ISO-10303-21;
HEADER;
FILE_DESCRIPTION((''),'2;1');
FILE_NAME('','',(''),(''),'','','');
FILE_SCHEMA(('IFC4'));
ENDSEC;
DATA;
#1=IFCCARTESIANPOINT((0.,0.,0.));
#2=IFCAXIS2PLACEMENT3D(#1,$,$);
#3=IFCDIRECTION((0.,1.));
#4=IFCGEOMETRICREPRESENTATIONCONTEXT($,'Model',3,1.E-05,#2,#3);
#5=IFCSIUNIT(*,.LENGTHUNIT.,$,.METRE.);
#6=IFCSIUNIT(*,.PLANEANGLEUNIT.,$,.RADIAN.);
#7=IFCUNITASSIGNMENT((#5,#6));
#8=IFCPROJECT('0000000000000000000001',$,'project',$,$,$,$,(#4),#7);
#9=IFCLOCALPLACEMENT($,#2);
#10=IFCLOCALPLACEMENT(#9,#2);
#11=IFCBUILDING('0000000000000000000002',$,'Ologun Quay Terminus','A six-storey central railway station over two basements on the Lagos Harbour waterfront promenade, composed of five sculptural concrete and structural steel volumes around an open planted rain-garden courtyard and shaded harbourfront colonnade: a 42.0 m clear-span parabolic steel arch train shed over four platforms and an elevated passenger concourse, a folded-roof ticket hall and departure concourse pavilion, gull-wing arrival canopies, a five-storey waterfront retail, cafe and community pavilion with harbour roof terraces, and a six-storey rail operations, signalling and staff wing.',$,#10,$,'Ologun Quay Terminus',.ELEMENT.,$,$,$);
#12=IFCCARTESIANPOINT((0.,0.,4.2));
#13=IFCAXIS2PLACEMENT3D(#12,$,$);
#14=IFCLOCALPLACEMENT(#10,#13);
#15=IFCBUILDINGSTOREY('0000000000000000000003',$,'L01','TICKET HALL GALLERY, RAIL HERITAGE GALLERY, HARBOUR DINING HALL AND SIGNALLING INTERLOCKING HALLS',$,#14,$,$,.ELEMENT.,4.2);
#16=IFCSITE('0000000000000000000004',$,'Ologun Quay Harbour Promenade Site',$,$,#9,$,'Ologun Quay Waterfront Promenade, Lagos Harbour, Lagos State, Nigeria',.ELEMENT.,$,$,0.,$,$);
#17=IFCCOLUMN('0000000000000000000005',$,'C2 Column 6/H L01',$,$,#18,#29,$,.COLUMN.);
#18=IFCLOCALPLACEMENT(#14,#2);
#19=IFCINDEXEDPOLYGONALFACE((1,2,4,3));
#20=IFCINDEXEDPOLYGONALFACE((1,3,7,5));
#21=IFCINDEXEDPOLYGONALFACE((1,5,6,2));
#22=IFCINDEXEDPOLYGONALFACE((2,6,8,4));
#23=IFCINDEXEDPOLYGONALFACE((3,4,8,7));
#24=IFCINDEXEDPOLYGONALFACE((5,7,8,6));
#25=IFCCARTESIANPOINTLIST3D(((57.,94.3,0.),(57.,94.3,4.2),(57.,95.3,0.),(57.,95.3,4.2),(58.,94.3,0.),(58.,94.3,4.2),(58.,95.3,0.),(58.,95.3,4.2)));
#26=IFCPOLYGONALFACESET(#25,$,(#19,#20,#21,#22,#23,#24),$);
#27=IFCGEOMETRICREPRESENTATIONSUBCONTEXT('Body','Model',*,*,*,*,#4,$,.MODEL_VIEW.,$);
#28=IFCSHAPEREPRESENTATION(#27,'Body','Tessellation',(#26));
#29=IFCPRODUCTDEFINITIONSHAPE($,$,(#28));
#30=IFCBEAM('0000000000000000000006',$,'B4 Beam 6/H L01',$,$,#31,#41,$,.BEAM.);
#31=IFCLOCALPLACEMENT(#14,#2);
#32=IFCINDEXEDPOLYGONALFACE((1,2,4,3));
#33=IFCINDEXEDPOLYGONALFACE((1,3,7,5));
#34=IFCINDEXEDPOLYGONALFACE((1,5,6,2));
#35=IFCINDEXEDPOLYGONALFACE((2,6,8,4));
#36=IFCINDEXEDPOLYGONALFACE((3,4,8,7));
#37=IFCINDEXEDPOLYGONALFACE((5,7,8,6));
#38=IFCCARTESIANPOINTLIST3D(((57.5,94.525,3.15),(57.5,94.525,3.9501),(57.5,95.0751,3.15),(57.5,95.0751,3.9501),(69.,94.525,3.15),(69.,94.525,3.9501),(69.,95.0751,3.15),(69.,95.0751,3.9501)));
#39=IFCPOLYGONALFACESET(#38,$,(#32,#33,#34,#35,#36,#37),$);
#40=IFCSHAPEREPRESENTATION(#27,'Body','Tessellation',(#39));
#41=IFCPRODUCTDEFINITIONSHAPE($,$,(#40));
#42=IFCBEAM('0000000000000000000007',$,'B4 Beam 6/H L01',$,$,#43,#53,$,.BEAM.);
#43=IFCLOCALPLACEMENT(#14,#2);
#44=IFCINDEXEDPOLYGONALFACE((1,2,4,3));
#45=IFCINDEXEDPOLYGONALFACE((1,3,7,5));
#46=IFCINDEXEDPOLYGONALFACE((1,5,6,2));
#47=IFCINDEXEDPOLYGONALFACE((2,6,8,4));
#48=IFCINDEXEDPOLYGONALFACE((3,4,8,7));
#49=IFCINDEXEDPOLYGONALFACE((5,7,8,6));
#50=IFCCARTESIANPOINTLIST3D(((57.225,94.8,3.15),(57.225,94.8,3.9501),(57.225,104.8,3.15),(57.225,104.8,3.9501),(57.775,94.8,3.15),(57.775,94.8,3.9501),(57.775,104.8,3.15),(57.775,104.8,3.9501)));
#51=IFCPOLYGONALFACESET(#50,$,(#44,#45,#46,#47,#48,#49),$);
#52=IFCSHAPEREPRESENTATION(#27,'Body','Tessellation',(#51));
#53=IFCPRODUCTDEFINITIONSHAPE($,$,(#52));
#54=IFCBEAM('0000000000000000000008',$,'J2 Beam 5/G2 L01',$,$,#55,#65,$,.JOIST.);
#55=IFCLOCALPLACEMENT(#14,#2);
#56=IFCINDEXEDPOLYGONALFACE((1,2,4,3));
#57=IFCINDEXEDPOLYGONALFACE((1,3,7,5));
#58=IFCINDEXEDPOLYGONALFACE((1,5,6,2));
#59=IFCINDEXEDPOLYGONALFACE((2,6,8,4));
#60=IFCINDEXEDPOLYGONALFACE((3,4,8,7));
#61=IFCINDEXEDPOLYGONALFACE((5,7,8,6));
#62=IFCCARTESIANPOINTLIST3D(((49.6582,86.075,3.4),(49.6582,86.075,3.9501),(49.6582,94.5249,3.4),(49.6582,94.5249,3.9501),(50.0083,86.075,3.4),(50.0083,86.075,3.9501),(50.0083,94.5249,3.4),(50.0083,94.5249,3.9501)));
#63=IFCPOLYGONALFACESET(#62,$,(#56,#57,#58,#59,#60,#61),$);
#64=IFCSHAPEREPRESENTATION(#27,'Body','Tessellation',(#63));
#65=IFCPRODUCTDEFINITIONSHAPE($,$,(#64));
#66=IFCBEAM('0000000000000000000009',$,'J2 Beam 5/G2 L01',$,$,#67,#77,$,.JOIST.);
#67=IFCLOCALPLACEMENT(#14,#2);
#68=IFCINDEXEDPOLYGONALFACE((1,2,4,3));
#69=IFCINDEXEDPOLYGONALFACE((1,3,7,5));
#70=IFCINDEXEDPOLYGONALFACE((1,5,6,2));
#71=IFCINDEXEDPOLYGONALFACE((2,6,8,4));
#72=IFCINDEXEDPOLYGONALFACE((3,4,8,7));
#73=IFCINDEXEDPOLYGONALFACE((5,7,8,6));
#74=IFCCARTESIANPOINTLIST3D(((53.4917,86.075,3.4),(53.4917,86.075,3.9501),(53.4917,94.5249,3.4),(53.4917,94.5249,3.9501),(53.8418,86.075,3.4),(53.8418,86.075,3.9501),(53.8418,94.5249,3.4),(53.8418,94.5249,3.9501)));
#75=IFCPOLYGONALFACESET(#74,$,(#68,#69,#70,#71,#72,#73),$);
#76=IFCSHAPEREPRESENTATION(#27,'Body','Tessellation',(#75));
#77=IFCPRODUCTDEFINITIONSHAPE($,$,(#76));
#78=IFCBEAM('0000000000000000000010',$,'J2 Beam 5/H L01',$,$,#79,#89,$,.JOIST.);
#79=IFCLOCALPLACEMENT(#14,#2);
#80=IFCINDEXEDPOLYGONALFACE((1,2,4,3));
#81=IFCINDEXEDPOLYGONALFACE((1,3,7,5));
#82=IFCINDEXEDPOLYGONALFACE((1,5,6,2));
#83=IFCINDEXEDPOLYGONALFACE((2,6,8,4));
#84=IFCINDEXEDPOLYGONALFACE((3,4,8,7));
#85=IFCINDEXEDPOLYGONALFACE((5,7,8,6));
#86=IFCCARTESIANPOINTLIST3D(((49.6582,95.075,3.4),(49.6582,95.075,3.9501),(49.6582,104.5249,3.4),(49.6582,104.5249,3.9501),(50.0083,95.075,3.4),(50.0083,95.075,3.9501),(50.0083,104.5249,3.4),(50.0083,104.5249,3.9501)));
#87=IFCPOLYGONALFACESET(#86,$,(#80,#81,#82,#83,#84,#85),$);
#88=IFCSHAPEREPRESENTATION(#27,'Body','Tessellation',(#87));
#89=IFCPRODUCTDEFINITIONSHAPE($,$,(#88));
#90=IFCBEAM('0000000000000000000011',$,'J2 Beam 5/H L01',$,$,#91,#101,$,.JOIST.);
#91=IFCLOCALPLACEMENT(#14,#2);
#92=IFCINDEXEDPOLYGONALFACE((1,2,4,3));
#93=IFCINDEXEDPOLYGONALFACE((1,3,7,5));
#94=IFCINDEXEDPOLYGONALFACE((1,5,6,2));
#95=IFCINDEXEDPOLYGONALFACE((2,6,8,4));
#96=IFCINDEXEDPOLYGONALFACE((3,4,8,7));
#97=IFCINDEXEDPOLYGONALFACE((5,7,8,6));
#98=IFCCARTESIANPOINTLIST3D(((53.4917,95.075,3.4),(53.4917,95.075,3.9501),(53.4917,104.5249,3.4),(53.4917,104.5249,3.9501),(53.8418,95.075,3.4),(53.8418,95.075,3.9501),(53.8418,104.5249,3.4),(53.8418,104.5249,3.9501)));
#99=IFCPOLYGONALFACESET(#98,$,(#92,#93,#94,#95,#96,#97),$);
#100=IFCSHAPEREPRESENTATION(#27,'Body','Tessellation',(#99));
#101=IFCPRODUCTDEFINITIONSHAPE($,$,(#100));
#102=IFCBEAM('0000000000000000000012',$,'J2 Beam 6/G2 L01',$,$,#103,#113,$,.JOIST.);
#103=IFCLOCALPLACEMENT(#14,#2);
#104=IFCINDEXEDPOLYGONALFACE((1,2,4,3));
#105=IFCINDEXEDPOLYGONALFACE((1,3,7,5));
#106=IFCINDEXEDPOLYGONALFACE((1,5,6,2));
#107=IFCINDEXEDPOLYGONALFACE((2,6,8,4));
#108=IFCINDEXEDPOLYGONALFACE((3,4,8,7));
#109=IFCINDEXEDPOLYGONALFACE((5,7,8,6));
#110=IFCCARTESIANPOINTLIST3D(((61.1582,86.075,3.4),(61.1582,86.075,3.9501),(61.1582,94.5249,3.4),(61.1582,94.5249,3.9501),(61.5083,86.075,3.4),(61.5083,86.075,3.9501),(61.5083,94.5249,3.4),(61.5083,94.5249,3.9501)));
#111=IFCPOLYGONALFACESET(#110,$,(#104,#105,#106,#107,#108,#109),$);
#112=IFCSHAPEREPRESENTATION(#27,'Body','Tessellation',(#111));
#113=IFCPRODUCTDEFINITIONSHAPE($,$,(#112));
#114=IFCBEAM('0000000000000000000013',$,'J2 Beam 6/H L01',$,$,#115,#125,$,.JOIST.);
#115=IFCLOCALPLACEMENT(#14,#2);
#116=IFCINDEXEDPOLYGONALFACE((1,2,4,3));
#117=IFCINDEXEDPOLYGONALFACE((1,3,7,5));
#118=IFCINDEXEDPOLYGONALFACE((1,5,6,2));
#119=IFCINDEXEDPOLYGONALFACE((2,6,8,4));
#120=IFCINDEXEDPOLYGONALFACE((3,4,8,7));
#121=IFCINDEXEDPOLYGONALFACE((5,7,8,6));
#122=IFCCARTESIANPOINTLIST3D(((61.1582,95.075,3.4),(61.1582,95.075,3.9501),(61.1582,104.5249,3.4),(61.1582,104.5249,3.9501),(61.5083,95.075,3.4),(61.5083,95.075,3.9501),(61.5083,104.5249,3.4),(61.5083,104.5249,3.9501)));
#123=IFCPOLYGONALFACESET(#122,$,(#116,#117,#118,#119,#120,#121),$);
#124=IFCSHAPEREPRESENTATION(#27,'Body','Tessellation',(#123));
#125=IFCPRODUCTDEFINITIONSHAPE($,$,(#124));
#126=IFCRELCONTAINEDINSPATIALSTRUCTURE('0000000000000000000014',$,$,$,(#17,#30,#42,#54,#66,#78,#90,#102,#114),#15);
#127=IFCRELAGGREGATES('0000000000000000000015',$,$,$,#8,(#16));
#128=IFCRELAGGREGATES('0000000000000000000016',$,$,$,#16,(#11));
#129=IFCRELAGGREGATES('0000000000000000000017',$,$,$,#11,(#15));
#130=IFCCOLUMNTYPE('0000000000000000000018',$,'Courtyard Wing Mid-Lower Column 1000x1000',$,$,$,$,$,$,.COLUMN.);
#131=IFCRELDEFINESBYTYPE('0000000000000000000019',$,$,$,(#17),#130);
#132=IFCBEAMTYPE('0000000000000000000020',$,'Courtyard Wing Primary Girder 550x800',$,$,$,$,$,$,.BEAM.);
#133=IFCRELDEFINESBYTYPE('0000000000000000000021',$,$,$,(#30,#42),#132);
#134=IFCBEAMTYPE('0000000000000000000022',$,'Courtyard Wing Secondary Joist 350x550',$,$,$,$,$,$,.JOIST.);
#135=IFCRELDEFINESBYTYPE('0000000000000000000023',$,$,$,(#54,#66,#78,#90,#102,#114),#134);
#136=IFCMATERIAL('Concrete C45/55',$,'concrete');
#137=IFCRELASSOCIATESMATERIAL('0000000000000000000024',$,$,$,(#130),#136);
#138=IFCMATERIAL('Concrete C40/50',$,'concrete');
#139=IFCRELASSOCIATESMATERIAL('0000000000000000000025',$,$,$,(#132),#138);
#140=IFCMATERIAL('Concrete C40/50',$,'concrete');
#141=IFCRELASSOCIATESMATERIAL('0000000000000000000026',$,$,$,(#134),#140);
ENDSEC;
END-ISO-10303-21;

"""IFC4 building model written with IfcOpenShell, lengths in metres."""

from ifc_helpers import new_model, si_unit, direction, frame, origin, origin_2d, place, context, subcontext, project, spatial, rectangle, extrude, material, material_profile, profile_set, type_object, element, save


model = new_model("IFC4")

# Units and contexts
model_context = context("Model", 3, precision=1e-05, world=origin(), true_north=direction((0.0, 1.0)))
body_context = subcontext(model_context, "Body", "Model", "MODEL_VIEW")
ifc_project = project(units=[si_unit("LENGTHUNIT", "METRE"), si_unit("PLANEANGLEUNIT", "RADIAN")], contexts=[model_context])

# Site, building, storey
site_placement = place(None, origin())
site = spatial("IfcSite", under=ifc_project, at=site_placement, Name="Ologun Quay Harbour Promenade Site", LongName="Ologun Quay Waterfront Promenade, Lagos Harbour, Lagos State, Nigeria", CompositionType="ELEMENT", RefElevation=0.0)
building_placement = place(site_placement, origin())
building = spatial("IfcBuilding", under=site, at=building_placement, Name="Ologun Quay Terminus", Description="A six-storey central railway station over two basements on the Lagos Harbour waterfront promenade, composed of five sculptural concrete and structural steel volumes around an open planted rain-garden courtyard and shaded harbourfront colonnade: a 42.0 m clear-span parabolic steel arch train shed over four platforms and an elevated passenger concourse, a folded-roof ticket hall and departure concourse pavilion, gull-wing arrival canopies, a five-storey waterfront retail, cafe and community pavilion with harbour roof terraces, and a six-storey rail operations, signalling and staff wing.", LongName="Ologun Quay Terminus", CompositionType="ELEMENT")
storey_placement = place(building_placement, frame((0.0, 0.0, 4.2)))
storey = spatial("IfcBuildingStorey", under=building, at=storey_placement, Name="L01", Description="TICKET HALL GALLERY, RAIL HERITAGE GALLERY, HARBOUR DINING HALL AND SIGNALLING INTERLOCKING HALLS", CompositionType="ELEMENT", Elevation=4.2)

# Column
ifc_material_1 = material(Name="Concrete C45/55", Category="concrete")
ifc_material_profile_1 = material_profile(ifc_material_1, rectangle(XDim=1.0, YDim=1.0, at=origin_2d()), Name="RC 1000x1000")
ifc_profile_set_1 = profile_set([ifc_material_profile_1], Name="Concrete C45/55")
column_type = type_object("IfcColumnType", Name="Courtyard Wing Mid-Lower Column 1000x1000", PredefinedType="COLUMN", material=ifc_profile_set_1)
column_placement = place(storey_placement, frame((57.5, 94.8, 0.0), z_axis=(0.0, 0.0, 1.0), x_axis=(1.0, 0.0, 0.0)))
element("IfcColumn", 1, at=column_placement, inside=storey, type_object=column_type, Name="C2 Column 6/H L01", PredefinedType="COLUMN", context=body_context, shape_type="SweptSolid", body=[
    extrude(rectangle(XDim=1.0, YDim=1.0, at=origin_2d()), origin(), (0.0, 0.0, 1.0), 4.2),
])

# Beams
ifc_material_2 = material(Name="Concrete C40/50", Category="concrete")
ifc_material_profile_2 = material_profile(ifc_material_2, rectangle(XDim=0.55, YDim=0.8, at=origin_2d()), Name="RC 550x800")
ifc_profile_set_2 = profile_set([ifc_material_profile_2], Name="Concrete C40/50")
beam_type_1 = type_object("IfcBeamType", Name="Courtyard Wing Primary Girder 550x800", PredefinedType="BEAM", material=ifc_profile_set_2)
beam_1_placement = place(storey_placement, frame((57.5, 94.8, 3.55), z_axis=(1.0, 0.0, 0.0), x_axis=(0.0, 1.0, 0.0)))
element("IfcBeam", 2, at=beam_1_placement, inside=storey, type_object=beam_type_1, Name="B4 Beam 6/H L01", PredefinedType="BEAM", context=body_context, shape_type="SweptSolid", body=[
    extrude(rectangle(XDim=0.55, YDim=0.8, at=origin_2d()), origin(), (0.0, 0.0, 1.0), 11.5),
])
beam_2_placement = place(storey_placement, frame((57.5, 94.8, 3.55), z_axis=(0.0, 1.0, 0.0), x_axis=(-1.0, 0.0, 0.0)))
element("IfcBeam", 3, at=beam_2_placement, inside=storey, type_object=beam_type_1, Name="B4 Beam 6/H L01", PredefinedType="BEAM", context=body_context, shape_type="SweptSolid", body=[
    extrude(rectangle(XDim=0.55, YDim=0.8, at=origin_2d()), origin(), (0.0, 0.0, 1.0), 10.0),
])
ifc_material_3 = material(Name="Concrete C40/50", Category="concrete")
ifc_material_profile_3 = material_profile(ifc_material_3, rectangle(XDim=0.3501, YDim=0.55, at=origin_2d()), Name="RC 350x550")
ifc_profile_set_3 = profile_set([ifc_material_profile_3], Name="Concrete C40/50")
beam_type_2 = type_object("IfcBeamType", Name="Courtyard Wing Secondary Joist 350x550", PredefinedType="JOIST", material=ifc_profile_set_3)
for number, where, z_axis, x_axis, name in (
    (4, (49.8333, 86.075, 3.675), (0.0, 1.0, 0.0), (-1.0, 0.0, 0.0), "J2 Beam 5/G2 L01"),
    (5, (53.6667, 86.075, 3.675), (0.0, 1.0, 0.0), (-1.0, 0.0, 0.0), "J2 Beam 5/G2 L01"),
):
    element("IfcBeam", number, at=place(storey_placement, frame(where, z_axis=z_axis, x_axis=x_axis)), inside=storey, type_object=beam_type_2, Name=name, PredefinedType="JOIST", context=body_context, shape_type="SweptSolid", body=[
        extrude(rectangle(XDim=0.3501, YDim=0.55, at=origin_2d()), origin(), (0.0, 0.0, 1.0), 8.45),
    ])
for number, where, z_axis, x_axis, name in (
    (6, (49.8333, 95.075, 3.675), (0.0, 1.0, 0.0), (-1.0, 0.0, 0.0), "J2 Beam 5/H L01"),
    (7, (53.6667, 95.075, 3.675), (0.0, 1.0, 0.0), (-1.0, 0.0, 0.0), "J2 Beam 5/H L01"),
):
    element("IfcBeam", number, at=place(storey_placement, frame(where, z_axis=z_axis, x_axis=x_axis)), inside=storey, type_object=beam_type_2, Name=name, PredefinedType="JOIST", context=body_context, shape_type="SweptSolid", body=[
        extrude(rectangle(XDim=0.3501, YDim=0.55, at=origin_2d()), origin(), (0.0, 0.0, 1.0), 9.45),
    ])
beam_3_placement = place(storey_placement, frame((61.3333, 86.075, 3.675), z_axis=(0.0, 1.0, 0.0), x_axis=(-1.0, 0.0, 0.0)))
element("IfcBeam", 8, at=beam_3_placement, inside=storey, type_object=beam_type_2, Name="J2 Beam 6/G2 L01", PredefinedType="JOIST", context=body_context, shape_type="SweptSolid", body=[
    extrude(rectangle(XDim=0.3501, YDim=0.55, at=origin_2d()), origin(), (0.0, 0.0, 1.0), 8.45),
])
beam_4_placement = place(storey_placement, frame((61.3333, 95.075, 3.675), z_axis=(0.0, 1.0, 0.0), x_axis=(-1.0, 0.0, 0.0)))
element("IfcBeam", 9, at=beam_4_placement, inside=storey, type_object=beam_type_2, Name="J2 Beam 6/H L01", PredefinedType="JOIST", context=body_context, shape_type="SweptSolid", body=[
    extrude(rectangle(XDim=0.3501, YDim=0.55, at=origin_2d()), origin(), (0.0, 0.0, 1.0), 9.45),
])

save(model, "model.ifc")
